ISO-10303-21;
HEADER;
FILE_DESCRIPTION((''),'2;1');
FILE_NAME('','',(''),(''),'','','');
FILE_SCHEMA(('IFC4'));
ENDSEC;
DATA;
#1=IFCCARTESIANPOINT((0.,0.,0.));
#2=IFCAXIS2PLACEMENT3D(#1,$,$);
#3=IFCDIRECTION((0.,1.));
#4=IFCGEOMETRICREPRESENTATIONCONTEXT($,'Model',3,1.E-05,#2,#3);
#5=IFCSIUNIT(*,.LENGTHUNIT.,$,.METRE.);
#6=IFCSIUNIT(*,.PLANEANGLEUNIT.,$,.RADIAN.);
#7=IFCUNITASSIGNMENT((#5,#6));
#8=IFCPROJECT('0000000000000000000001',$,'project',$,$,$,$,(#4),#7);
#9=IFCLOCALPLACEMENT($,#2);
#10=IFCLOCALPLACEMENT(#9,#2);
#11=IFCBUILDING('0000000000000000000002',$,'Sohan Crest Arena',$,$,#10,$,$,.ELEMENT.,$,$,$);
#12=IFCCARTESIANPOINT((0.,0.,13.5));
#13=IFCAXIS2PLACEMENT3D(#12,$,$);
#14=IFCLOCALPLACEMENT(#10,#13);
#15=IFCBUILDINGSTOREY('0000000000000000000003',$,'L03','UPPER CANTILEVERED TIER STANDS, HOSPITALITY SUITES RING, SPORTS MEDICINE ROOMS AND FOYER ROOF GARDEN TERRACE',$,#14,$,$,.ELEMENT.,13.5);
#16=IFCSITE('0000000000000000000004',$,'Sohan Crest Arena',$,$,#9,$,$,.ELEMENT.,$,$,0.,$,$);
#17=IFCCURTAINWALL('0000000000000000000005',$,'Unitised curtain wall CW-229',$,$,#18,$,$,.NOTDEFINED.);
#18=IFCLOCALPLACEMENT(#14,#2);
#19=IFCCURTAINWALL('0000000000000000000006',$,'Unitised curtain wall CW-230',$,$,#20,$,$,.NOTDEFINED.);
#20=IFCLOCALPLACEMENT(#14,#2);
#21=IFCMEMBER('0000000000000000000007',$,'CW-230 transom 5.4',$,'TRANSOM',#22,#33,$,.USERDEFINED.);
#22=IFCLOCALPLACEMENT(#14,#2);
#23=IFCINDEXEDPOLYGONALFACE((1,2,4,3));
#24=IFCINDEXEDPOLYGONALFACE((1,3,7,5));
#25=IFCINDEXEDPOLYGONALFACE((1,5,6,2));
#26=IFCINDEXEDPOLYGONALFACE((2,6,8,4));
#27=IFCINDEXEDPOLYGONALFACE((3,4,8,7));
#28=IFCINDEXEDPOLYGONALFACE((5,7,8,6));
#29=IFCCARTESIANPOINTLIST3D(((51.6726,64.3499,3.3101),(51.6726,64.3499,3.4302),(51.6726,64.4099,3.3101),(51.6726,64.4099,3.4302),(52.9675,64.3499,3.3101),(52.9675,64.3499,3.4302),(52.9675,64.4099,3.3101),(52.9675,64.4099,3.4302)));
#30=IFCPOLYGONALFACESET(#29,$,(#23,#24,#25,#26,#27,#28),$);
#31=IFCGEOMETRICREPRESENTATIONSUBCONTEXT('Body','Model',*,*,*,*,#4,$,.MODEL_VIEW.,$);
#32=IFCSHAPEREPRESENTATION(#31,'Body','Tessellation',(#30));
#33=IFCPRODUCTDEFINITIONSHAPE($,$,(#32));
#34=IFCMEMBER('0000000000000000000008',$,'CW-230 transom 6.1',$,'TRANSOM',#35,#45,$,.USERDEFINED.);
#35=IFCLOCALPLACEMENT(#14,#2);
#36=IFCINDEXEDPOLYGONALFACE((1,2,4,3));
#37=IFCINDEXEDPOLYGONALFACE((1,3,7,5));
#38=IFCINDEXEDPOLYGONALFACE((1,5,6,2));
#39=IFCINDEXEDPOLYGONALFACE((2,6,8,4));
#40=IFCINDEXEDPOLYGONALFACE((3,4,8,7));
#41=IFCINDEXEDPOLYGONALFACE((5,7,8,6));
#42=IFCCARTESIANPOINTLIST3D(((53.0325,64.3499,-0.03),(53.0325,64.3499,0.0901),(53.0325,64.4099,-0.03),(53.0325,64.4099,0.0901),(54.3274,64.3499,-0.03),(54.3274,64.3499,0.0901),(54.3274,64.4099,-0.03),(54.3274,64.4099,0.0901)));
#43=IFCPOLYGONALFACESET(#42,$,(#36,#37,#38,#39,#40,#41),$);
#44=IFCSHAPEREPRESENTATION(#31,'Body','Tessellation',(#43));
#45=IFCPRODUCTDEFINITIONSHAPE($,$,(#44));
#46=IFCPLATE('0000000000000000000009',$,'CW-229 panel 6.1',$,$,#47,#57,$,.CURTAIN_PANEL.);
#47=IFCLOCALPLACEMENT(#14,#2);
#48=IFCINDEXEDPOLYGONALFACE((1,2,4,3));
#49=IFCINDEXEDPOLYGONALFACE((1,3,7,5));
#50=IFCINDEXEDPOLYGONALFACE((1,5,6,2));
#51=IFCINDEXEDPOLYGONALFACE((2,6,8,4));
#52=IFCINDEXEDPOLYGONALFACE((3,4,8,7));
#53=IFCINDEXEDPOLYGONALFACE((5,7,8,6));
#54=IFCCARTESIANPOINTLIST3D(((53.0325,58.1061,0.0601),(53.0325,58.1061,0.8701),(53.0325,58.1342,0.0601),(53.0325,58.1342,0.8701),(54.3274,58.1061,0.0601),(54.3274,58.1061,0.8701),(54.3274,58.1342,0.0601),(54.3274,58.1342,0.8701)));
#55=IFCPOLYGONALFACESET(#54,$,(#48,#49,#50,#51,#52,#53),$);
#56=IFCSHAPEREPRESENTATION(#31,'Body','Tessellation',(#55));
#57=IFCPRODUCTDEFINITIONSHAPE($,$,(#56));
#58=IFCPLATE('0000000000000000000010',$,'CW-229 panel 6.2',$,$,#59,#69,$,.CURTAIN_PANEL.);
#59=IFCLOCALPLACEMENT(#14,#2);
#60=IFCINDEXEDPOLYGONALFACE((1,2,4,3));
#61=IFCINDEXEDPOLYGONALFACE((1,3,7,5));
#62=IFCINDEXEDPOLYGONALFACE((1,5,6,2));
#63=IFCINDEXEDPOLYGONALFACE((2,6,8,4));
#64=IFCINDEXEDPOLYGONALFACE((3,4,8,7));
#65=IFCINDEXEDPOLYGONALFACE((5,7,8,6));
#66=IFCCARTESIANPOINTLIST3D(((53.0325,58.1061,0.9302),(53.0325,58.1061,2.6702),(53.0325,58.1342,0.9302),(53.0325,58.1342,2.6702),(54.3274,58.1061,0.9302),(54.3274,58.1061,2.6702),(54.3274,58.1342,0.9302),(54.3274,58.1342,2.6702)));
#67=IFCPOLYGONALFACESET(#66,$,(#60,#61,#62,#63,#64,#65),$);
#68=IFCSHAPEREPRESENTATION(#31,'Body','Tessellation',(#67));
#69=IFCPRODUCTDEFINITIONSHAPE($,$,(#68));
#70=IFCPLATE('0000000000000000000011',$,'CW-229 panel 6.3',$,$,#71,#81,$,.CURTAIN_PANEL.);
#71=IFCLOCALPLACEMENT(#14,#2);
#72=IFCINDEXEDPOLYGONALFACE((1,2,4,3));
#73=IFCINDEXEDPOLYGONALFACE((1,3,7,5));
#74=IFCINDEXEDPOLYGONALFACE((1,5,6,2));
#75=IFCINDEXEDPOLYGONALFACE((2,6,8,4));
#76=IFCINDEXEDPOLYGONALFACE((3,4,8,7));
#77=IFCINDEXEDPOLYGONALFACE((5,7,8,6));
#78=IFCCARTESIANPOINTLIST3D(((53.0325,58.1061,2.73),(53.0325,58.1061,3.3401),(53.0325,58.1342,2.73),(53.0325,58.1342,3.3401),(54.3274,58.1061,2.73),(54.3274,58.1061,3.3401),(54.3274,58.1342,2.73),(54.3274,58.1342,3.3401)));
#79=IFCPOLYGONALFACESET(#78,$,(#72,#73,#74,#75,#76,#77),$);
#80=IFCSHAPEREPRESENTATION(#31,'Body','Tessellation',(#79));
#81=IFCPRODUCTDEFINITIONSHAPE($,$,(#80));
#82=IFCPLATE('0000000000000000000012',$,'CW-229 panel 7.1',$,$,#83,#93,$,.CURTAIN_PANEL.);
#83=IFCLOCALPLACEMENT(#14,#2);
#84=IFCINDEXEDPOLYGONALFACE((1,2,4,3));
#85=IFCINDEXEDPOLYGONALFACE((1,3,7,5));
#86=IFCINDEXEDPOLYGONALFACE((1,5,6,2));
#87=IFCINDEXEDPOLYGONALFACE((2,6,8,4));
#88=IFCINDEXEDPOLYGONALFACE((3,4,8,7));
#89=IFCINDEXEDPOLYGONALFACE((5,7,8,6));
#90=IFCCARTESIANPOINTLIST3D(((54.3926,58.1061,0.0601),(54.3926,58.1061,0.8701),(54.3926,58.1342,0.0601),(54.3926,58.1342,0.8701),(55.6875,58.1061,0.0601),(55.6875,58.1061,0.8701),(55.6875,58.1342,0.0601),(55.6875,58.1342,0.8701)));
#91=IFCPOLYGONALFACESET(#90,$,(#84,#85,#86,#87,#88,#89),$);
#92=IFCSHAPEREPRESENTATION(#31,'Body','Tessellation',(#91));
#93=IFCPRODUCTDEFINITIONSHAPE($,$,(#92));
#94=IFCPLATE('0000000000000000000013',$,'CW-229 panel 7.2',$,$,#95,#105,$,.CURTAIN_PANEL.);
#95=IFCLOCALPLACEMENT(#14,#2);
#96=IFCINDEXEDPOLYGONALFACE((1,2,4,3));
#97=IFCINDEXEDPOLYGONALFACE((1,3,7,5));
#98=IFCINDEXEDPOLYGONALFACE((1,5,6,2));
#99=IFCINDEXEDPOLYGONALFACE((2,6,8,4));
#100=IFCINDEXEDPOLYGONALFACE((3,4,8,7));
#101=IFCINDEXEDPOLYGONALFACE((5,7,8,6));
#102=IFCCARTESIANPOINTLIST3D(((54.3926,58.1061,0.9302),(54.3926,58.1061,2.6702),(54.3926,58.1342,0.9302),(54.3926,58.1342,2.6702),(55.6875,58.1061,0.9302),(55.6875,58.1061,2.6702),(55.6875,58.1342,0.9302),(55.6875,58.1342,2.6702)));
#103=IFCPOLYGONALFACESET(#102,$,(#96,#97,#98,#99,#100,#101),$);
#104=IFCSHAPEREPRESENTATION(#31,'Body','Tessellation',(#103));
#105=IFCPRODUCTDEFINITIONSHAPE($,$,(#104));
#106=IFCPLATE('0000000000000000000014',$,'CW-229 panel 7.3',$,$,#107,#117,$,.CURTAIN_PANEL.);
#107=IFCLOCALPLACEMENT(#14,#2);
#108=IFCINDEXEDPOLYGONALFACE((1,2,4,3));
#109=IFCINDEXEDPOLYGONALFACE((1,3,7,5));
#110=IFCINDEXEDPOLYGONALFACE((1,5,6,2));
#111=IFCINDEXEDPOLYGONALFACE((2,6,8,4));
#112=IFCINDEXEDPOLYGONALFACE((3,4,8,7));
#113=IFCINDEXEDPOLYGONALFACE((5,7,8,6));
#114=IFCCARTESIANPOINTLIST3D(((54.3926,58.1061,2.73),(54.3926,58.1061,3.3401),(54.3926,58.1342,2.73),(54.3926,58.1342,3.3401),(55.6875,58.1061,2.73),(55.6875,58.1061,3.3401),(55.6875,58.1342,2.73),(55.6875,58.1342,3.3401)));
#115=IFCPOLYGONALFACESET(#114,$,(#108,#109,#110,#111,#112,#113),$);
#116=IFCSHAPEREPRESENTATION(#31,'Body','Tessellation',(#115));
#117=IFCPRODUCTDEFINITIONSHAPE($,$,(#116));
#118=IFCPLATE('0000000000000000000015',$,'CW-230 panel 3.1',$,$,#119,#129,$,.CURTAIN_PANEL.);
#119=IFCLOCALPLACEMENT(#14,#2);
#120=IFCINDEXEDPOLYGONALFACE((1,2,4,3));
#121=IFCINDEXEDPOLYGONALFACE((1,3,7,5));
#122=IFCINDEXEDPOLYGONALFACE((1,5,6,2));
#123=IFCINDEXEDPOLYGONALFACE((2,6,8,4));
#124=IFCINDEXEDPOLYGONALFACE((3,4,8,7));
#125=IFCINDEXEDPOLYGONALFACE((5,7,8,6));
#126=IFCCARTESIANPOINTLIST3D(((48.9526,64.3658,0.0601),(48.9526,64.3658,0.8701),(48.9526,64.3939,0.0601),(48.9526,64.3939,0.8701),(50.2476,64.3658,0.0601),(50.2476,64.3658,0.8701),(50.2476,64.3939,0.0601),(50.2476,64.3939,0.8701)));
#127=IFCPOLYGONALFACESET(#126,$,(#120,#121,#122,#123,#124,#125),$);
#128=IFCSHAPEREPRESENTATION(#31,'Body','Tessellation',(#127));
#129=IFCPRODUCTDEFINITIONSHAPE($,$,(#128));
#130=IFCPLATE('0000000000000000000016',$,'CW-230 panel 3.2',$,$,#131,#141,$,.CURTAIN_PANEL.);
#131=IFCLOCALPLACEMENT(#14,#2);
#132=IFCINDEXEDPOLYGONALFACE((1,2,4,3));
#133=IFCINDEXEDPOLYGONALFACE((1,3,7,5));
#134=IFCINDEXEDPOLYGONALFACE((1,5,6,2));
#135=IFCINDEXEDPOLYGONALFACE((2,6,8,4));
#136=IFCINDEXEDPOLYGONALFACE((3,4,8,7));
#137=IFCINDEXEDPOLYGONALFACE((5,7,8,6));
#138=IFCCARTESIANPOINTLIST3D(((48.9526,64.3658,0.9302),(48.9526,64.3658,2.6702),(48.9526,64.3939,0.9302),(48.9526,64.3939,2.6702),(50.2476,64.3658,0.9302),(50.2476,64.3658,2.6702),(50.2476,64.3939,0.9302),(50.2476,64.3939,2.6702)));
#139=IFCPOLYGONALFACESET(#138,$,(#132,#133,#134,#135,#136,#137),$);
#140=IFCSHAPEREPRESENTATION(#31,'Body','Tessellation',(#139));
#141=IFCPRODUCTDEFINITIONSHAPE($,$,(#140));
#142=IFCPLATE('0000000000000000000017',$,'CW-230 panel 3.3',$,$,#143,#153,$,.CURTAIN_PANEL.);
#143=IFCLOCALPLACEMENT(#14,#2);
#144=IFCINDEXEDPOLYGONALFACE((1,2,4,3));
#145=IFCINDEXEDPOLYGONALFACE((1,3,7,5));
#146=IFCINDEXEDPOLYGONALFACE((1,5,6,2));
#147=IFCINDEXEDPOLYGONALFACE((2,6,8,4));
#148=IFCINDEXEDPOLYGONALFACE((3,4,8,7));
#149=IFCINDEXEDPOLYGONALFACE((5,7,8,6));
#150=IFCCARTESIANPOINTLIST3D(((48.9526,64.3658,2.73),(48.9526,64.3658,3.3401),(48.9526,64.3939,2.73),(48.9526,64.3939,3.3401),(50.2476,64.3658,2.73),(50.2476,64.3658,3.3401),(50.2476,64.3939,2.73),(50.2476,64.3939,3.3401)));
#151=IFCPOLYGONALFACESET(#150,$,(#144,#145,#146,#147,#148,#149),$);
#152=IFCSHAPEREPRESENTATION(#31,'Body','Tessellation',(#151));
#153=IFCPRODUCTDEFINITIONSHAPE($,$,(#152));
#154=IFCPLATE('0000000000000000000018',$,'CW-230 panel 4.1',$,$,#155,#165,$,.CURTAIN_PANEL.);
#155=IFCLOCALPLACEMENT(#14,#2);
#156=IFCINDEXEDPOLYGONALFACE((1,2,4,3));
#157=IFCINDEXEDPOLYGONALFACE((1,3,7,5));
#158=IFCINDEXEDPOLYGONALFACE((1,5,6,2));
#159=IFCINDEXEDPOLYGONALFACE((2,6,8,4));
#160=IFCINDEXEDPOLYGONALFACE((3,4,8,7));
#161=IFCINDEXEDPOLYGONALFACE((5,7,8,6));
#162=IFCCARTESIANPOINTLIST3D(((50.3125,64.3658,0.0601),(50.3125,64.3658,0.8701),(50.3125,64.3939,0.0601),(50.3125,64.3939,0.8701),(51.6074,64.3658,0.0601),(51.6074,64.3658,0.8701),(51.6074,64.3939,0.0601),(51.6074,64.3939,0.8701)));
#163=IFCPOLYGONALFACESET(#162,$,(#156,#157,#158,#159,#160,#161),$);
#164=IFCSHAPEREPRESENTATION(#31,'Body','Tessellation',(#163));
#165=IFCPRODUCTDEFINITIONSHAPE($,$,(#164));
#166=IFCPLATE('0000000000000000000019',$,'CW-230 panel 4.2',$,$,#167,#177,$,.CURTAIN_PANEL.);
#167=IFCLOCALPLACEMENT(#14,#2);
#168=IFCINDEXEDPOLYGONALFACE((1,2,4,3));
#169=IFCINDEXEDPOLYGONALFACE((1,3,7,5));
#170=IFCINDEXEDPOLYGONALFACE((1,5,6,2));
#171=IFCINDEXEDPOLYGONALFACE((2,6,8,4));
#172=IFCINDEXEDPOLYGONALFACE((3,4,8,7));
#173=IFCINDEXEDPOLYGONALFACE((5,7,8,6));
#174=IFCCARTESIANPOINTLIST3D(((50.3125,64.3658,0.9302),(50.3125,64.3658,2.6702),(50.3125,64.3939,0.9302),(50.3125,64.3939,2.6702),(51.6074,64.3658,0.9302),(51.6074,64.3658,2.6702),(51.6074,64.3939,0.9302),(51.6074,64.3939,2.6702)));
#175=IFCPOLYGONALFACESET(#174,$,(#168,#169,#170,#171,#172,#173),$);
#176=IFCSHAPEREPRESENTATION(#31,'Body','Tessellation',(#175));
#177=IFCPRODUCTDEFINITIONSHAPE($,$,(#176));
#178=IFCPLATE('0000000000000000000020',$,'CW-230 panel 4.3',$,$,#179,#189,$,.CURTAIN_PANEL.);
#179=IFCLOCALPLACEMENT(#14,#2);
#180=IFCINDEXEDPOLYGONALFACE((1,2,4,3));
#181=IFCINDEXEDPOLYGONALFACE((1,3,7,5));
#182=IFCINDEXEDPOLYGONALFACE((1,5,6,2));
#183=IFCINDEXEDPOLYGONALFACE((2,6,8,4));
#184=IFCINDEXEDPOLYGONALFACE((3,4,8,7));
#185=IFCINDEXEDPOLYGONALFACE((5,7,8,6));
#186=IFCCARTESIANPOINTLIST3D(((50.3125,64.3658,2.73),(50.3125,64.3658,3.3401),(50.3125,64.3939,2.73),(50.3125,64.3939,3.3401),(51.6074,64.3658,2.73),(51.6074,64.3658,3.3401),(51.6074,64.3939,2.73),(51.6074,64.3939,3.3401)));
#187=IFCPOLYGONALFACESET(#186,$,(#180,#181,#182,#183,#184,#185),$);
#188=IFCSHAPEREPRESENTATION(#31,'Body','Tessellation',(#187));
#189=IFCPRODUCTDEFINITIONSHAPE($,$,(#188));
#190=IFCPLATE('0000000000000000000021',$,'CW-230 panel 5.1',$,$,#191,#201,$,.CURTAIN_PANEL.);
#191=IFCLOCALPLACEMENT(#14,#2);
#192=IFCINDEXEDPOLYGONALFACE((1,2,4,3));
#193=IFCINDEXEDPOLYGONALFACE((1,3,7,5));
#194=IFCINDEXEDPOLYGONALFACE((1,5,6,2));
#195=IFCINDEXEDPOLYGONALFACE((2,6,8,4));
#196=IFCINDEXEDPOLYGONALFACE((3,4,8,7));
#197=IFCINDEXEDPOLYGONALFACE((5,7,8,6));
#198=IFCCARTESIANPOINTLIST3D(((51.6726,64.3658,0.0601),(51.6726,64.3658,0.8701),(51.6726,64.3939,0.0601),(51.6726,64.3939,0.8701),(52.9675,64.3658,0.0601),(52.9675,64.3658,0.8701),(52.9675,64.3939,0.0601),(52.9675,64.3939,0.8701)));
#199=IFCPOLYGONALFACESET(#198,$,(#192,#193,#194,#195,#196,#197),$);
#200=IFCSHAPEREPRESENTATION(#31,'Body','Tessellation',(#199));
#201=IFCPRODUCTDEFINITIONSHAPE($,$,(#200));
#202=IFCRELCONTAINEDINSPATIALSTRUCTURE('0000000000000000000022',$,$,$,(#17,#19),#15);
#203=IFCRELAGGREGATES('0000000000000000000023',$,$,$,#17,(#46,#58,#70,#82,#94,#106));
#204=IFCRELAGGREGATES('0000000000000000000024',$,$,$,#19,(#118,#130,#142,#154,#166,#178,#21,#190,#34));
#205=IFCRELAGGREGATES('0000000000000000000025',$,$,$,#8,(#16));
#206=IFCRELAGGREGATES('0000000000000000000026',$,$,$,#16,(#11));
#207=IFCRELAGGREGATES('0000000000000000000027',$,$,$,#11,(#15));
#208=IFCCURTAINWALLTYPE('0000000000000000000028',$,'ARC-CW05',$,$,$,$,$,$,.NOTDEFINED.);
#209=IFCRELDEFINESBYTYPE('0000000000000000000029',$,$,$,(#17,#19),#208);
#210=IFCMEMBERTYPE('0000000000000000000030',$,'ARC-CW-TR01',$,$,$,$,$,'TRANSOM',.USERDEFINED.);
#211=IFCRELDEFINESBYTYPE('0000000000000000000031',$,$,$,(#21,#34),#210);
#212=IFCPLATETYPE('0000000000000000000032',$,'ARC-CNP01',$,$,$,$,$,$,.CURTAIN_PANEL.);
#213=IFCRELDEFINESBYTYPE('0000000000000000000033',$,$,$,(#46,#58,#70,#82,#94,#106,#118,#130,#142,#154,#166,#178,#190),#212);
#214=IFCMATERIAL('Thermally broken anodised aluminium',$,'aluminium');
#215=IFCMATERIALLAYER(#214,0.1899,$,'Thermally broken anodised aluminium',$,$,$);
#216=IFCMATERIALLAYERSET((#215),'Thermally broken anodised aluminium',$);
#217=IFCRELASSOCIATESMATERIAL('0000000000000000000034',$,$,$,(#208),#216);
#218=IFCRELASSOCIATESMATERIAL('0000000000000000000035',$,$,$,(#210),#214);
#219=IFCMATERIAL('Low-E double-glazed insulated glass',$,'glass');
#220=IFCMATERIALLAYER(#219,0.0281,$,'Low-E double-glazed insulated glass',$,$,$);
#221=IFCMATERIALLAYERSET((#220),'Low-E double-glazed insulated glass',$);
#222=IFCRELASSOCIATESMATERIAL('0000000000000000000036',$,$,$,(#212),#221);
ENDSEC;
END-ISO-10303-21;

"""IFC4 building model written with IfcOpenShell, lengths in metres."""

from ifc_helpers import new_model, si_unit, direction, frame, origin, origin_2d, place, context, subcontext, project, spatial, rectangle, extrude, material, layer, layer_set, material_profile, profile_set, type_object, element, aggregate, save


model = new_model("IFC4")

# Units and contexts
model_context = context("Model", 3, precision=1e-05, world=origin(), true_north=direction((0.0, 1.0)))
body_context = subcontext(model_context, "Body", "Model", "MODEL_VIEW")
ifc_project = project(units=[si_unit("LENGTHUNIT", "METRE"), si_unit("PLANEANGLEUNIT", "RADIAN")], contexts=[model_context])

# Site, building, storey
site_placement = place(None, origin())
site = spatial("IfcSite", under=ifc_project, at=site_placement, Name="Sohan Crest Arena", CompositionType="ELEMENT", RefElevation=0.0)
building_placement = place(site_placement, origin())
building = spatial("IfcBuilding", under=site, at=building_placement, Name="Sohan Crest Arena", CompositionType="ELEMENT")
storey_placement = place(building_placement, frame((0.0, 0.0, 13.5)))
storey = spatial("IfcBuildingStorey", under=building, at=storey_placement, Name="L03", Description="UPPER CANTILEVERED TIER STANDS, HOSPITALITY SUITES RING, SPORTS MEDICINE ROOMS AND FOYER ROOF GARDEN TERRACE", CompositionType="ELEMENT", Elevation=13.5)

# Curtain wall
ifc_material_1 = material(Name="Thermally broken anodised aluminium", Category="aluminium")
ifc_layer_1 = layer(ifc_material_1, 0.1899, Name="Thermally broken anodised aluminium")
ifc_layer_set_1 = layer_set([ifc_layer_1], Name="Thermally broken anodised aluminium")
curtain_wall_type = type_object("IfcCurtainWallType", Name="ARC-CW05", PredefinedType="NOTDEFINED", material=ifc_layer_set_1)
curtain_wall_1_placement = place(storey_placement, origin())
curtain_wall_1 = element("IfcCurtainWall", 1, at=curtain_wall_1_placement, inside=storey, type_object=curtain_wall_type, Name="Unitised curtain wall CW-229", PredefinedType="NOTDEFINED")

# Curtain wall
curtain_wall_2_placement = place(storey_placement, origin())
curtain_wall_2 = element("IfcCurtainWall", 2, at=curtain_wall_2_placement, inside=storey, type_object=curtain_wall_type, Name="Unitised curtain wall CW-230", PredefinedType="NOTDEFINED")

# Members
ifc_material_profile_1 = material_profile(ifc_material_1, rectangle(XDim=0.0601, YDim=0.1201, at=origin_2d()), Name="ALU-TRAN 60x120")
ifc_profile_set_1 = profile_set([ifc_material_profile_1], Name="Thermally broken anodised aluminium")
member_type_1 = type_object("IfcMemberType", Name="ARC-CW-TR01", ElementType="TRANSOM", PredefinedType="USERDEFINED", material=ifc_profile_set_1)
member_1_placement = place(storey_placement, frame((51.6726, 64.3799, 3.3701), z_axis=(1.0, 0.0, 0.0), x_axis=(0.0, 1.0, 0.0)))
member_1 = element("IfcMember", 3, at=member_1_placement, type_object=member_type_1, Name="CW-230 transom 5.4", ObjectType="TRANSOM", PredefinedType="USERDEFINED", context=body_context, shape_type="SweptSolid", body=[
    extrude(rectangle(XDim=0.0601, YDim=0.1201, at=origin_2d()), origin(), (0.0, 0.0, 1.0), 1.2949),
])
member_2_placement = place(storey_placement, frame((53.0325, 64.3799, 0.03), z_axis=(1.0, 0.0, 0.0), x_axis=(0.0, 1.0, 0.0)))
member_2 = element("IfcMember", 4, at=member_2_placement, type_object=member_type_1, Name="CW-230 transom 6.1", ObjectType="TRANSOM", PredefinedType="USERDEFINED", context=body_context, shape_type="SweptSolid", body=[
    extrude(rectangle(XDim=0.0601, YDim=0.1201, at=origin_2d()), origin(), (0.0, 0.0, 1.0), 1.2949),
])

# Plates
ifc_material_2 = material(Name="Low-E double-glazed insulated glass", Category="glass")
ifc_layer_2 = layer(ifc_material_2, 0.0281, Name="Low-E double-glazed insulated glass")
ifc_layer_set_2 = layer_set([ifc_layer_2], Name="Low-E double-glazed insulated glass")
plate_type = type_object("IfcPlateType", Name="ARC-CNP01", PredefinedType="CURTAIN_PANEL", material=ifc_layer_set_2)
plate_1_placement = place(storey_placement, frame((53.6799, 58.1201, 0.0601), z_axis=(0.0, 0.0, 1.0), x_axis=(1.0, 0.0, 0.0)))
plate_1 = element("IfcPlate", 5, at=plate_1_placement, type_object=plate_type, Name="CW-229 panel 6.1", PredefinedType="CURTAIN_PANEL", context=body_context, shape_type="SweptSolid", body=[
    extrude(rectangle(XDim=1.2949, YDim=0.0281, at=origin_2d()), origin(), (0.0, 0.0, 1.0), 0.8101),
])
plate_2_placement = place(storey_placement, frame((53.6799, 58.1201, 0.9302), z_axis=(0.0, 0.0, 1.0), x_axis=(1.0, 0.0, 0.0)))
plate_2 = element("IfcPlate", 6, at=plate_2_placement, type_object=plate_type, Name="CW-229 panel 6.2", PredefinedType="CURTAIN_PANEL", context=body_context, shape_type="SweptSolid", body=[
    extrude(rectangle(XDim=1.2949, YDim=0.0281, at=origin_2d()), origin(), (0.0, 0.0, 1.0), 1.74),
])
plate_3_placement = place(storey_placement, frame((53.6799, 58.1201, 2.73), z_axis=(0.0, 0.0, 1.0), x_axis=(1.0, 0.0, 0.0)))
plate_3 = element("IfcPlate", 7, at=plate_3_placement, type_object=plate_type, Name="CW-229 panel 6.3", PredefinedType="CURTAIN_PANEL", context=body_context, shape_type="SweptSolid", body=[
    extrude(rectangle(XDim=1.2949, YDim=0.0281, at=origin_2d()), origin(), (0.0, 0.0, 1.0), 0.6101),
])
plate_4_placement = place(storey_placement, frame((55.04, 58.1201, 0.0601), z_axis=(0.0, 0.0, 1.0), x_axis=(1.0, 0.0, 0.0)))
plate_4 = element("IfcPlate", 8, at=plate_4_placement, type_object=plate_type, Name="CW-229 panel 7.1", PredefinedType="CURTAIN_PANEL", context=body_context, shape_type="SweptSolid", body=[
    extrude(rectangle(XDim=1.2949, YDim=0.0281, at=origin_2d()), origin(), (0.0, 0.0, 1.0), 0.8101),
])
plate_5_placement = place(storey_placement, frame((55.04, 58.1201, 0.9302), z_axis=(0.0, 0.0, 1.0), x_axis=(1.0, 0.0, 0.0)))
plate_5 = element("IfcPlate", 9, at=plate_5_placement, type_object=plate_type, Name="CW-229 panel 7.2", PredefinedType="CURTAIN_PANEL", context=body_context, shape_type="SweptSolid", body=[
    extrude(rectangle(XDim=1.2949, YDim=0.0281, at=origin_2d()), origin(), (0.0, 0.0, 1.0), 1.74),
])
plate_6_placement = place(storey_placement, frame((55.04, 58.1201, 2.73), z_axis=(0.0, 0.0, 1.0), x_axis=(1.0, 0.0, 0.0)))
plate_6 = element("IfcPlate", 10, at=plate_6_placement, type_object=plate_type, Name="CW-229 panel 7.3", PredefinedType="CURTAIN_PANEL", context=body_context, shape_type="SweptSolid", body=[
    extrude(rectangle(XDim=1.2949, YDim=0.0281, at=origin_2d()), origin(), (0.0, 0.0, 1.0), 0.6101),
])
aggregate(curtain_wall_1, [plate_1, plate_2, plate_3, plate_4, plate_5, plate_6])
plate_7_placement = place(storey_placement, frame((49.6001, 64.3799, 0.0601), z_axis=(0.0, 0.0, 1.0), x_axis=(1.0, 0.0, 0.0)))
plate_7 = element("IfcPlate", 11, at=plate_7_placement, type_object=plate_type, Name="CW-230 panel 3.1", PredefinedType="CURTAIN_PANEL", context=body_context, shape_type="SweptSolid", body=[
    extrude(rectangle(XDim=1.2949, YDim=0.0281, at=origin_2d()), origin(), (0.0, 0.0, 1.0), 0.8101),
])
plate_8_placement = place(storey_placement, frame((49.6001, 64.3799, 0.9302), z_axis=(0.0, 0.0, 1.0), x_axis=(1.0, 0.0, 0.0)))
plate_8 = element("IfcPlate", 12, at=plate_8_placement, type_object=plate_type, Name="CW-230 panel 3.2", PredefinedType="CURTAIN_PANEL", context=body_context, shape_type="SweptSolid", body=[
    extrude(rectangle(XDim=1.2949, YDim=0.0281, at=origin_2d()), origin(), (0.0, 0.0, 1.0), 1.74),
])
plate_9_placement = place(storey_placement, frame((49.6001, 64.3799, 2.73), z_axis=(0.0, 0.0, 1.0), x_axis=(1.0, 0.0, 0.0)))
plate_9 = element("IfcPlate", 13, at=plate_9_placement, type_object=plate_type, Name="CW-230 panel 3.3", PredefinedType="CURTAIN_PANEL", context=body_context, shape_type="SweptSolid", body=[
    extrude(rectangle(XDim=1.2949, YDim=0.0281, at=origin_2d()), origin(), (0.0, 0.0, 1.0), 0.6101),
])
plate_10_placement = place(storey_placement, frame((50.96, 64.3799, 0.0601), z_axis=(0.0, 0.0, 1.0), x_axis=(1.0, 0.0, 0.0)))
plate_10 = element("IfcPlate", 14, at=plate_10_placement, type_object=plate_type, Name="CW-230 panel 4.1", PredefinedType="CURTAIN_PANEL", context=body_context, shape_type="SweptSolid", body=[
    extrude(rectangle(XDim=1.2949, YDim=0.0281, at=origin_2d()), origin(), (0.0, 0.0, 1.0), 0.8101),
])
plate_11_placement = place(storey_placement, frame((50.96, 64.3799, 0.9302), z_axis=(0.0, 0.0, 1.0), x_axis=(1.0, 0.0, 0.0)))
plate_11 = element("IfcPlate", 15, at=plate_11_placement, type_object=plate_type, Name="CW-230 panel 4.2", PredefinedType="CURTAIN_PANEL", context=body_context, shape_type="SweptSolid", body=[
    extrude(rectangle(XDim=1.2949, YDim=0.0281, at=origin_2d()), origin(), (0.0, 0.0, 1.0), 1.74),
])
plate_12_placement = place(storey_placement, frame((50.96, 64.3799, 2.73), z_axis=(0.0, 0.0, 1.0), x_axis=(1.0, 0.0, 0.0)))
plate_12 = element("IfcPlate", 16, at=plate_12_placement, type_object=plate_type, Name="CW-230 panel 4.3", PredefinedType="CURTAIN_PANEL", context=body_context, shape_type="SweptSolid", body=[
    extrude(rectangle(XDim=1.2949, YDim=0.0281, at=origin_2d()), origin(), (0.0, 0.0, 1.0), 0.6101),
])
plate_13_placement = place(storey_placement, frame((52.3201, 64.3799, 0.0601), z_axis=(0.0, 0.0, 1.0), x_axis=(1.0, 0.0, 0.0)))
plate_13 = element("IfcPlate", 17, at=plate_13_placement, type_object=plate_type, Name="CW-230 panel 5.1", PredefinedType="CURTAIN_PANEL", context=body_context, shape_type="SweptSolid", body=[
    extrude(rectangle(XDim=1.2949, YDim=0.0281, at=origin_2d()), origin(), (0.0, 0.0, 1.0), 0.8101),
])
aggregate(curtain_wall_2, [plate_7, plate_8, plate_9, plate_10, plate_11, plate_12, member_1, plate_13, member_2])

save(model, "model.ifc")
